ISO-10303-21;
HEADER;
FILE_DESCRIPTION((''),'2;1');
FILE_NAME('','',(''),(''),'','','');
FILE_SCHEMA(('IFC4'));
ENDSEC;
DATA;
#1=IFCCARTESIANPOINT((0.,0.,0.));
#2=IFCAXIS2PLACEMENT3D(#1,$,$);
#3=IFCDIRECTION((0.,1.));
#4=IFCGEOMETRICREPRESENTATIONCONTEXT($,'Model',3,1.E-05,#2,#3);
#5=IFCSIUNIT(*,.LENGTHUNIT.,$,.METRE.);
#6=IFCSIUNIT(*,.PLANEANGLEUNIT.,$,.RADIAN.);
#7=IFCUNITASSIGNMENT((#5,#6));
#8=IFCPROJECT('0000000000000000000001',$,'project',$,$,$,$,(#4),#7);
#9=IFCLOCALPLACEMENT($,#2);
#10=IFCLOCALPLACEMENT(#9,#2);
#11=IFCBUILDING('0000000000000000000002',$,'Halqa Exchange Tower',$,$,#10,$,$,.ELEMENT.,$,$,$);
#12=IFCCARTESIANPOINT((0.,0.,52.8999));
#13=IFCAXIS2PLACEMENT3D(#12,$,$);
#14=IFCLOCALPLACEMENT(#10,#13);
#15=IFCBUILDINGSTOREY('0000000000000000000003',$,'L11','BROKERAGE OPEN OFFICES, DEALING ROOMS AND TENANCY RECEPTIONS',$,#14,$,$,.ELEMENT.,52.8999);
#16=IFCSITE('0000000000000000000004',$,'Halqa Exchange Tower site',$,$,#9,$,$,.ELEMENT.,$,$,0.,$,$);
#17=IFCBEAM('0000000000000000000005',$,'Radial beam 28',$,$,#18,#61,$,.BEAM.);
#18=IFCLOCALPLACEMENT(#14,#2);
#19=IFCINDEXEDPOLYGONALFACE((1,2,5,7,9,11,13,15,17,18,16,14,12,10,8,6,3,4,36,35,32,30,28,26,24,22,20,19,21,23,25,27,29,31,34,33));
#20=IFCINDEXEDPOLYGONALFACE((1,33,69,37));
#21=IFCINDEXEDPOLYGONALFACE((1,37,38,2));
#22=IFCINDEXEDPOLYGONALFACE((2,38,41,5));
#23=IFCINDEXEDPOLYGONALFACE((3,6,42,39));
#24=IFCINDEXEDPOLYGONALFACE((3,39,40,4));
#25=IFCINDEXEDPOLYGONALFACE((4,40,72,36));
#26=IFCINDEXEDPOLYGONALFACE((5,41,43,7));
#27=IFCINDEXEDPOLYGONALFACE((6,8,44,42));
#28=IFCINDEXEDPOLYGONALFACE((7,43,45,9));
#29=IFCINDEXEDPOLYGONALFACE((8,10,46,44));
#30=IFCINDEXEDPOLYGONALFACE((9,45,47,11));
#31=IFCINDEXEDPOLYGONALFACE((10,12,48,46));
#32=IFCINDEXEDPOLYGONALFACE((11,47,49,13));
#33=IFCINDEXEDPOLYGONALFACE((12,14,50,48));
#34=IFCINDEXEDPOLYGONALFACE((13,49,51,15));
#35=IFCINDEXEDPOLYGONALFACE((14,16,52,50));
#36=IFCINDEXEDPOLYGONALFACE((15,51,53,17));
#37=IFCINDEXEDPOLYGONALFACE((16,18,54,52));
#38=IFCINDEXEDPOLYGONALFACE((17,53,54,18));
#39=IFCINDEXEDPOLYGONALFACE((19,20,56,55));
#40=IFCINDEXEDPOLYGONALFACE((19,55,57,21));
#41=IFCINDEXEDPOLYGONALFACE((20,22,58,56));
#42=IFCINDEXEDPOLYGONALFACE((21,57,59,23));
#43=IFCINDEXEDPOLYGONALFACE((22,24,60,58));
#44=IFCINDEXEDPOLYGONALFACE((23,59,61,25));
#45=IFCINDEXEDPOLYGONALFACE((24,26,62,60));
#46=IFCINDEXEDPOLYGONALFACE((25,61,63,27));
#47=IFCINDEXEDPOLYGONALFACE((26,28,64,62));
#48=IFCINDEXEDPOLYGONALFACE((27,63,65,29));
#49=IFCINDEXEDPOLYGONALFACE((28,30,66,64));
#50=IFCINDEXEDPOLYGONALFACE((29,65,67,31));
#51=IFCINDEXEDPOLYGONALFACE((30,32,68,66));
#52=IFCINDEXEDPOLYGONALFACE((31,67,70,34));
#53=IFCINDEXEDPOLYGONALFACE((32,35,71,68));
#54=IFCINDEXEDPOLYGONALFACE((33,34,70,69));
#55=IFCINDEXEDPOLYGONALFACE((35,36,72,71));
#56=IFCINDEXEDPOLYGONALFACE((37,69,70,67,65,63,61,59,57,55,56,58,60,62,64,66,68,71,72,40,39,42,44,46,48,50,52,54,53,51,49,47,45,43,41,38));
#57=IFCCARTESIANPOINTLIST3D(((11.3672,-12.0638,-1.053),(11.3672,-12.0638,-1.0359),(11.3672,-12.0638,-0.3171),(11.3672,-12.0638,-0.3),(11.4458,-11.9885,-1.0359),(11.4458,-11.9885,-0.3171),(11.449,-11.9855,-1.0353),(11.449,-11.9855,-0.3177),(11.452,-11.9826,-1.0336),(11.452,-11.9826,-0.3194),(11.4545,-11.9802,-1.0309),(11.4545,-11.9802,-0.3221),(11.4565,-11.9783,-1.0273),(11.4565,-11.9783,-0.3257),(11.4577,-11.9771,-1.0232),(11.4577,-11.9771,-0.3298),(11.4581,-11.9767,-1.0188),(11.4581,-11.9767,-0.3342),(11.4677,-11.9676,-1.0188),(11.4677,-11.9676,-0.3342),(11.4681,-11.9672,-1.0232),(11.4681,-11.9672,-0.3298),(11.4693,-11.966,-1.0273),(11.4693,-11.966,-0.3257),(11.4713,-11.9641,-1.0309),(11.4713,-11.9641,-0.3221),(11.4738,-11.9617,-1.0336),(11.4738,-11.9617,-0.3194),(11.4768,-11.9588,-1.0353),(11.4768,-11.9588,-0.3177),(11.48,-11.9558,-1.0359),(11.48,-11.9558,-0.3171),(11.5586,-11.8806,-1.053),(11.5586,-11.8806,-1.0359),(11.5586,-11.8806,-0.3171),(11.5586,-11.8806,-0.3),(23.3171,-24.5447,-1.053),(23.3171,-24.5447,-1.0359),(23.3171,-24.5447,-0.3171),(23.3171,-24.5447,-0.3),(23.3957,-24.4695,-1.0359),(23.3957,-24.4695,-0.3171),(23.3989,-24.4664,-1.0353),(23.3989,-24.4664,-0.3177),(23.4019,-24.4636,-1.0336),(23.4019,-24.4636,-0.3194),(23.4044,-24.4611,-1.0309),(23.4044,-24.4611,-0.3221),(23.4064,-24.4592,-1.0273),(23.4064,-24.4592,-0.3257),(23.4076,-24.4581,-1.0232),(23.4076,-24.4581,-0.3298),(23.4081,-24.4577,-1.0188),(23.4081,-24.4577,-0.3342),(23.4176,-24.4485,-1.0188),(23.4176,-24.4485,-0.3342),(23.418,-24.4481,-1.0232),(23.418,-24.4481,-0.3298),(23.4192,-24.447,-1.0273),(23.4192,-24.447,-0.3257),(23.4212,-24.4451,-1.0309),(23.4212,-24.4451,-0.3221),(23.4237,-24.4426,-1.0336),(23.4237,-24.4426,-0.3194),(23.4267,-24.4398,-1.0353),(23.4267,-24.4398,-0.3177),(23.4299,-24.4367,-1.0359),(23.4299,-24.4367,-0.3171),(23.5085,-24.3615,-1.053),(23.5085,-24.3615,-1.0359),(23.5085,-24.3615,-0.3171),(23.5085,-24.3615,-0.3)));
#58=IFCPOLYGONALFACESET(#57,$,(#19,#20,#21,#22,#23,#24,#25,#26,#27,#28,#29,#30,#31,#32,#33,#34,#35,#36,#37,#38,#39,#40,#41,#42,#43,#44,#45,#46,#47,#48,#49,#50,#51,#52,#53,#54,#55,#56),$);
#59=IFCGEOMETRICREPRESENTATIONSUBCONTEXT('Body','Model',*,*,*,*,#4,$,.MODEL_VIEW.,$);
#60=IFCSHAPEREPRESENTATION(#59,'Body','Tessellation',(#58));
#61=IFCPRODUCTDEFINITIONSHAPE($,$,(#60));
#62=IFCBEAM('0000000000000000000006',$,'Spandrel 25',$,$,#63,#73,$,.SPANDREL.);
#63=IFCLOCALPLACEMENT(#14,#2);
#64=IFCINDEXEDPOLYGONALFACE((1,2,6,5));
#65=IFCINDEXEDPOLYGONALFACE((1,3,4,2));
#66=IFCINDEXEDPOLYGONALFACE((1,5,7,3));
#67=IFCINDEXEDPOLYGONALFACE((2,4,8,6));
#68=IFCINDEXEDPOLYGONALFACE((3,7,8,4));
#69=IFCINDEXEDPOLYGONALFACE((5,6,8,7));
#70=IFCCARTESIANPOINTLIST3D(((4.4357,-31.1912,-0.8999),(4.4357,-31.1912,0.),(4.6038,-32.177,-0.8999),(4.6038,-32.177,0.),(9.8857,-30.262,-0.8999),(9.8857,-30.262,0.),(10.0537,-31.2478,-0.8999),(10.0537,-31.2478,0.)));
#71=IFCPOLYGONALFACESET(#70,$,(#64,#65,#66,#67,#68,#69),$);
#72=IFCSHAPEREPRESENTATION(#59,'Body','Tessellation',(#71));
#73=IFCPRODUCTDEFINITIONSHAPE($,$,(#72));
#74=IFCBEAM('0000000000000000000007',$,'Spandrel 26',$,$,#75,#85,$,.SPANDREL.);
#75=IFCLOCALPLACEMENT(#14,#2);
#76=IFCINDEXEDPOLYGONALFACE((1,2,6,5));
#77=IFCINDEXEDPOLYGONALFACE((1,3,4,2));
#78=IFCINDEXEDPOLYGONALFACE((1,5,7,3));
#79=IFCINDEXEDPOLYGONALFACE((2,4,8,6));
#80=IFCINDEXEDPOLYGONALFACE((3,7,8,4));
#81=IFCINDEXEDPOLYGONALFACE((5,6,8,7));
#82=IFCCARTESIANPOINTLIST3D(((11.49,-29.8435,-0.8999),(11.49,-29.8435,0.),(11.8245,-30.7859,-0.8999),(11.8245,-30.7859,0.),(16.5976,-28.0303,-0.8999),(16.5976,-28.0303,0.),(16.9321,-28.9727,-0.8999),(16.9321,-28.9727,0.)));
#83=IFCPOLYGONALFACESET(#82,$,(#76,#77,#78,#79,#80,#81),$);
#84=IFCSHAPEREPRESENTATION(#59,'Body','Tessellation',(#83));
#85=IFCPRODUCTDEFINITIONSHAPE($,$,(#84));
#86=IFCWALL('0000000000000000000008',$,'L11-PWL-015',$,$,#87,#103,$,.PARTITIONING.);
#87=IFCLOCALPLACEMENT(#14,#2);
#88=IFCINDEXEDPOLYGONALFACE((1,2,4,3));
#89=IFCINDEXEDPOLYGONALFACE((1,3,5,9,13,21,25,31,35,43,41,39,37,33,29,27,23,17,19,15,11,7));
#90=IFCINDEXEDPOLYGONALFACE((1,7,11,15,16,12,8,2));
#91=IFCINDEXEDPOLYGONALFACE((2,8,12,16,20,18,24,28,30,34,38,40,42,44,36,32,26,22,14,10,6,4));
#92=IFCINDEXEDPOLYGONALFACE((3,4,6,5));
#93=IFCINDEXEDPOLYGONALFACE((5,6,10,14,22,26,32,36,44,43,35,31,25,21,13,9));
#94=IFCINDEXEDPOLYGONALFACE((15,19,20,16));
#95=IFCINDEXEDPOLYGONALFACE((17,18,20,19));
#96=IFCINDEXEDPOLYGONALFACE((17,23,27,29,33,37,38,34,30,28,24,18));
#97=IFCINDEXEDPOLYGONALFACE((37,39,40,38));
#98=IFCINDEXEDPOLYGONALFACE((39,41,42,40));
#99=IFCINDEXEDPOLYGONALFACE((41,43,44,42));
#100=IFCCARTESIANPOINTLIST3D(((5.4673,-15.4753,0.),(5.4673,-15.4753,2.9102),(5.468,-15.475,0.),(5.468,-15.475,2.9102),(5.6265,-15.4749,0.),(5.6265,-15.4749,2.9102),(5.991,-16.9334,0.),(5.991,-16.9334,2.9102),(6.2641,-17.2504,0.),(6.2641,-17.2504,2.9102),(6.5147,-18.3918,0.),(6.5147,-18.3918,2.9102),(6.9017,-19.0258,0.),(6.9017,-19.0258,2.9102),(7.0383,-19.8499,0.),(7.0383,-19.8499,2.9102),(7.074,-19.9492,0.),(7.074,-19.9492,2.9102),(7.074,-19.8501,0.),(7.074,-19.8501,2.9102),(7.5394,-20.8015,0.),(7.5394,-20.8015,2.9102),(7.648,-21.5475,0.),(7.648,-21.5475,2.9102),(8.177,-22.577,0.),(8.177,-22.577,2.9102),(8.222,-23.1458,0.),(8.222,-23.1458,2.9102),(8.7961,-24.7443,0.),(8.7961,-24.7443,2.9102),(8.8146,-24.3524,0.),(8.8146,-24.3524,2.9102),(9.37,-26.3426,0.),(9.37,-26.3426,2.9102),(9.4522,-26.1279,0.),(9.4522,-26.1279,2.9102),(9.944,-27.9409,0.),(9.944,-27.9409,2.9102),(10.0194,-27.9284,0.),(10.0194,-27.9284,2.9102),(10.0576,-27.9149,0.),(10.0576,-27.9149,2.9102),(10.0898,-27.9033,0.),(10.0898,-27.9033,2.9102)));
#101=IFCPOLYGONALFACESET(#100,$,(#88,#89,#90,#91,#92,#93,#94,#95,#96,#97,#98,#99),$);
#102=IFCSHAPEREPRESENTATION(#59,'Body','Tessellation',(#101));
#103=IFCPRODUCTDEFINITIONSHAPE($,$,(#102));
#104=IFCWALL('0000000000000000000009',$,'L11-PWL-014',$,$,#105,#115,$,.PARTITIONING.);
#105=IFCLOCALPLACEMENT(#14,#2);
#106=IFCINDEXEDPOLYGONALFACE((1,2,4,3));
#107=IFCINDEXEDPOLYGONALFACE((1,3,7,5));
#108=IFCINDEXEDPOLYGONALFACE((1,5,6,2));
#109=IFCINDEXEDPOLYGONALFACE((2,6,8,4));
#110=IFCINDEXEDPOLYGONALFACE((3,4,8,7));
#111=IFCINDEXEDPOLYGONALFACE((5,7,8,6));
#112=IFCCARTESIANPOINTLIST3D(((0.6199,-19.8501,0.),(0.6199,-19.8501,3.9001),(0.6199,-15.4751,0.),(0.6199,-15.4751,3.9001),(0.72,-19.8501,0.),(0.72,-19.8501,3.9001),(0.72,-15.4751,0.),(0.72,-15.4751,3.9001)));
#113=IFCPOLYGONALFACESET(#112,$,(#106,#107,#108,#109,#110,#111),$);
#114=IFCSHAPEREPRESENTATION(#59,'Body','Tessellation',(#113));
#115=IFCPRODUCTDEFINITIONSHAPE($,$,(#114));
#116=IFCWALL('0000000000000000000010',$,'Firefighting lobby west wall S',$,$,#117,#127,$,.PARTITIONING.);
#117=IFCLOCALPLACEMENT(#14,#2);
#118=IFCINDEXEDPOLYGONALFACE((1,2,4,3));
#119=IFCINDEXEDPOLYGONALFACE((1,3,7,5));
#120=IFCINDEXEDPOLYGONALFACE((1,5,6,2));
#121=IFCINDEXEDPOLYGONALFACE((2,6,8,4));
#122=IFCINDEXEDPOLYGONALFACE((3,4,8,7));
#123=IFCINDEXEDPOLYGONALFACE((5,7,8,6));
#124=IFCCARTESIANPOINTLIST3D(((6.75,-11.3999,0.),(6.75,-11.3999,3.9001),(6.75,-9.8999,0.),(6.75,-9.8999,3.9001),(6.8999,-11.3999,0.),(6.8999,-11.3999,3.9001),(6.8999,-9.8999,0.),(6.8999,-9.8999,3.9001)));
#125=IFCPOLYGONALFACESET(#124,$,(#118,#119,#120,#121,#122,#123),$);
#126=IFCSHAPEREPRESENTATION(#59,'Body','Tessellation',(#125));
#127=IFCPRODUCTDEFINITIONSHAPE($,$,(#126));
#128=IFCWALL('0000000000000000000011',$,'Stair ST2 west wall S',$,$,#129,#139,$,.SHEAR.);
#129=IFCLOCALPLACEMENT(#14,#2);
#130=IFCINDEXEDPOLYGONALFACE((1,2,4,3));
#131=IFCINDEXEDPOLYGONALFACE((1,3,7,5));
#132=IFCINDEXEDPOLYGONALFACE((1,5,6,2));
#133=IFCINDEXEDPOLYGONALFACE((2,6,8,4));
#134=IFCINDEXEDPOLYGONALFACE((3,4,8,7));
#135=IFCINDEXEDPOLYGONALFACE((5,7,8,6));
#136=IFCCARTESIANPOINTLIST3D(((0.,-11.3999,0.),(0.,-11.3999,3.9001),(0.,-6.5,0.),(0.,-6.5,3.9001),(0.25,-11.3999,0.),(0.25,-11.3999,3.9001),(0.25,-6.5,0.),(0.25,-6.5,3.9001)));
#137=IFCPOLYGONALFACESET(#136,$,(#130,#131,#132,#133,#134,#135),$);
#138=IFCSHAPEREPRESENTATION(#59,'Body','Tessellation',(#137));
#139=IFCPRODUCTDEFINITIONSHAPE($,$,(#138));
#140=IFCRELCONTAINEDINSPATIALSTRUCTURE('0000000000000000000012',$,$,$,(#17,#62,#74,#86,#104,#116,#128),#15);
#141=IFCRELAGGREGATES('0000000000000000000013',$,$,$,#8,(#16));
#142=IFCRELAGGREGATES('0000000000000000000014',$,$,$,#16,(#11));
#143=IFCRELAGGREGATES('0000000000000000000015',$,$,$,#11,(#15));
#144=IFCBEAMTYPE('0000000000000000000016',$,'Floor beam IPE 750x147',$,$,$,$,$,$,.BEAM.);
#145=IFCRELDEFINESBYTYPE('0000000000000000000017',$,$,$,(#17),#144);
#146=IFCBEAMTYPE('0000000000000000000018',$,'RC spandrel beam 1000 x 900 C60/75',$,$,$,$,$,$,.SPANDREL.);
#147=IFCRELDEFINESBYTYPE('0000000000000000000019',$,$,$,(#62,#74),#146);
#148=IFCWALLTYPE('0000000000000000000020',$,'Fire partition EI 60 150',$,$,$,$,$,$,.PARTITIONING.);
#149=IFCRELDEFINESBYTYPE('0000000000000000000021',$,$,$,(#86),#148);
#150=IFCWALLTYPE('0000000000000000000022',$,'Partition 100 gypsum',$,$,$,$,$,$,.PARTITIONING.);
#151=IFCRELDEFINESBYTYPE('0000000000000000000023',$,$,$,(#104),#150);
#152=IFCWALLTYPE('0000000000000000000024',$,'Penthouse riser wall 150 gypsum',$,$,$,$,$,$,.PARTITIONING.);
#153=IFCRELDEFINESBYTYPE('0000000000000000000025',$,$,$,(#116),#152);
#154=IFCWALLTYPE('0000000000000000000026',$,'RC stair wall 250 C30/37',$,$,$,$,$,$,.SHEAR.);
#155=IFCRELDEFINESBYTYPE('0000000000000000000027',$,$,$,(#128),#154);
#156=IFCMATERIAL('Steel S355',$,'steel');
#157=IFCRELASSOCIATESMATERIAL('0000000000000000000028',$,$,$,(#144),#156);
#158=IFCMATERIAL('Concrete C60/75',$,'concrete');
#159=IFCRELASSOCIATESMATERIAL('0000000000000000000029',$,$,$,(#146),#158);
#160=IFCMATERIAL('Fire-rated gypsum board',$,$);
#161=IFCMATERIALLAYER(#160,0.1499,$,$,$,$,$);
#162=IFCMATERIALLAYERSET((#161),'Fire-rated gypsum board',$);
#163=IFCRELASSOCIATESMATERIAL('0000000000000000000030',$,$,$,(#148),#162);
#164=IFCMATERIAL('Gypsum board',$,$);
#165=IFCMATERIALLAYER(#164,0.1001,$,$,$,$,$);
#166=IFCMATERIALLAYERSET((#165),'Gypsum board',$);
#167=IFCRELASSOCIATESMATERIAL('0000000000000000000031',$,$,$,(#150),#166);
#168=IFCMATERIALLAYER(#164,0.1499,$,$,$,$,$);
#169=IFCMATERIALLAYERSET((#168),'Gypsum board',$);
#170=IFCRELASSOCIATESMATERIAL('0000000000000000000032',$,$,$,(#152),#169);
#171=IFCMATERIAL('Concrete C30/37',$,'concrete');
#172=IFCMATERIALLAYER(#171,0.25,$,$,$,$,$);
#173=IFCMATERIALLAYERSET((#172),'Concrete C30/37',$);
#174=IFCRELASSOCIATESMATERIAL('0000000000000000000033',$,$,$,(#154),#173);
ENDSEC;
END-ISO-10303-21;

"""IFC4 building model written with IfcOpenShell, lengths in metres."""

from ifc_helpers import new_model, si_unit, direction, frame, frame_2d, origin, origin_2d, place, context, subcontext, project, spatial, polyline, rectangle, i_section, outline, extrude, material, layer, layer_set, material_profile, profile_set, type_object, element, save


model = new_model("IFC4")

# Units and contexts
model_context = context("Model", 3, precision=1e-05, world=origin(), true_north=direction((0.0, 1.0)))
body_context = subcontext(model_context, "Body", "Model", "MODEL_VIEW")
ifc_project = project(units=[si_unit("LENGTHUNIT", "METRE"), si_unit("PLANEANGLEUNIT", "RADIAN")], contexts=[model_context])

# Site, building, storey
site_placement = place(None, origin())
site = spatial("IfcSite", under=ifc_project, at=site_placement, Name="Halqa Exchange Tower site", CompositionType="ELEMENT", RefElevation=0.0)
building_placement = place(site_placement, origin())
building = spatial("IfcBuilding", under=site, at=building_placement, Name="Halqa Exchange Tower", CompositionType="ELEMENT")
storey_placement = place(building_placement, frame((0.0, 0.0, 52.8999)))
storey = spatial("IfcBuildingStorey", under=building, at=storey_placement, Name="L11", Description="BROKERAGE OPEN OFFICES, DEALING ROOMS AND TENANCY RECEPTIONS", CompositionType="ELEMENT", Elevation=52.8999)

# Beams
ifc_material_1 = material(Name="Steel S355", Category="steel")
ifc_material_profile_1 = material_profile(ifc_material_1, i_section(OverallWidth=0.2649, OverallDepth=0.7529, WebThickness=0.0132, FlangeThickness=0.0171, FilletRadius=0.0171, at=origin_2d()), Name="IPE 750x147")
ifc_profile_set_1 = profile_set([ifc_material_profile_1], Name="Steel S355")
beam_type_1 = type_object("IfcBeamType", Name="Floor beam IPE 750x147", PredefinedType="BEAM", material=ifc_profile_set_1)
beam_1_placement = place(storey_placement, frame((11.4629, -11.9722, -0.6765), z_axis=(0.691574, -0.722305, 0.0), x_axis=(0.722305, 0.691574, 0.0)))
element("IfcBeam", 1, at=beam_1_placement, inside=storey, type_object=beam_type_1, Name="Radial beam 28", PredefinedType="BEAM", context=body_context, shape_type="SweptSolid", body=[
    extrude(i_section(OverallWidth=0.2649, OverallDepth=0.7529, WebThickness=0.0132, FlangeThickness=0.0171, FilletRadius=0.0171, at=origin_2d()), origin(), (0.0, 0.0, 1.0), 17.2793),
])
ifc_material_2 = material(Name="Concrete C60/75", Category="concrete")
ifc_material_profile_2 = material_profile(ifc_material_2, rectangle(XDim=1.0, YDim=0.8999, at=origin_2d()), Name="1000 x 900")
ifc_profile_set_2 = profile_set([ifc_material_profile_2], Name="Concrete C60/75")
beam_type_2 = type_object("IfcBeamType", Name="RC spandrel beam 1000 x 900 C60/75", PredefinedType="SPANDREL", material=ifc_profile_set_2)
beam_2_placement = place(storey_placement, frame((4.5198, -31.6841, -0.45), z_axis=(0.985775, 0.168071, 0.0), x_axis=(-0.168071, 0.985775, 0.0)))
element("IfcBeam", 2, at=beam_2_placement, inside=storey, type_object=beam_type_2, Name="Spandrel 25", PredefinedType="SPANDREL", context=body_context, shape_type="SweptSolid", body=[
    extrude(rectangle(XDim=1.0, YDim=0.8999, at=origin_2d()), origin(), (0.0, 0.0, 1.0), 5.5286),
])
beam_3_placement = place(storey_placement, frame((11.6572, -30.3147, -0.45), z_axis=(0.942379, 0.334547, 0.0), x_axis=(-0.334547, 0.942379, 0.0)))
element("IfcBeam", 3, at=beam_3_placement, inside=storey, type_object=beam_type_2, Name="Spandrel 26", PredefinedType="SPANDREL", context=body_context, shape_type="SweptSolid", body=[
    extrude(rectangle(XDim=1.0, YDim=0.8999, at=origin_2d()), origin(), (0.0, 0.0, 1.0), 5.4199),
])

# Walls
ifc_material_3 = material(Name="Fire-rated gypsum board")
ifc_layer_1 = layer(ifc_material_3, 0.1499)
ifc_layer_set_1 = layer_set([ifc_layer_1], Name="Fire-rated gypsum board")
wall_type_1 = type_object("IfcWallType", Name="Fire partition EI 60 150", PredefinedType="PARTITIONING", material=ifc_layer_set_1)
wall_1_placement = place(storey_placement, frame((5.5378, -15.45, 0.0), z_axis=(0.0, 0.0, 1.0), x_axis=(0.337991, -0.941149, 0.0)))
element("IfcWall", 4, at=wall_1_placement, inside=storey, type_object=wall_type_1, Name="L11-PWL-015", PredefinedType="PARTITIONING", context=body_context, shape_type="SweptSolid", body=[
    extrude(outline(polyline([(0.0, -0.075), (1.5493, -0.075), (3.0989, -0.075), (4.6482, -0.075), (4.6604, -0.0415), (4.7537, -0.075), (6.4519, -0.075), (8.1501, -0.075), (9.8486, -0.075), (11.5469, -0.075), (13.2451, -0.075), (13.2588, 0.0002), (13.259, 0.0408), (13.259, 0.075), (11.3726, 0.075), (9.4861, 0.075), (7.5996, 0.075), (5.7131, 0.075), (3.8264, 0.075), (1.9399, 0.075), (0.0535, 0.075), (0.0, -0.0742), (0.0, -0.075)])), origin(), (0.0, 0.0, 1.0), 2.9102),
])
ifc_material_4 = material(Name="Gypsum board")
ifc_layer_2 = layer(ifc_material_4, 0.1001)
ifc_layer_set_2 = layer_set([ifc_layer_2], Name="Gypsum board")
wall_type_2 = type_object("IfcWallType", Name="Partition 100 gypsum", PredefinedType="PARTITIONING", material=ifc_layer_set_2)
wall_2_placement = place(storey_placement, frame((0.6699, -15.4751, 0.0), z_axis=(0.0, 0.0, 1.0), x_axis=(0.0, -1.0, 0.0)))
element("IfcWall", 5, at=wall_2_placement, inside=storey, type_object=wall_type_2, Name="L11-PWL-014", PredefinedType="PARTITIONING", context=body_context, shape_type="SweptSolid", body=[
    extrude(rectangle(XDim=4.375, YDim=0.1001, at=frame_2d((2.1875, 0.0))), origin(), (0.0, 0.0, 1.0), 3.9001),
])
ifc_layer_3 = layer(ifc_material_4, 0.1499)
ifc_layer_set_3 = layer_set([ifc_layer_3], Name="Gypsum board")
wall_type_3 = type_object("IfcWallType", Name="Penthouse riser wall 150 gypsum", PredefinedType="PARTITIONING", material=ifc_layer_set_3)
wall_3_placement = place(storey_placement, frame((6.825, -11.3999, 0.0), z_axis=(0.0, 0.0, 1.0), x_axis=(0.0, 1.0, 0.0)))
element("IfcWall", 6, at=wall_3_placement, inside=storey, type_object=wall_type_3, Name="Firefighting lobby west wall S", PredefinedType="PARTITIONING", context=body_context, shape_type="SweptSolid", body=[
    extrude(rectangle(XDim=1.5, YDim=0.1499, at=frame_2d((0.75, 0.0))), origin(), (0.0, 0.0, 1.0), 3.9001),
])
ifc_material_5 = material(Name="Concrete C30/37", Category="concrete")
ifc_layer_4 = layer(ifc_material_5, 0.25)
ifc_layer_set_4 = layer_set([ifc_layer_4], Name="Concrete C30/37")
wall_type_4 = type_object("IfcWallType", Name="RC stair wall 250 C30/37", PredefinedType="SHEAR", material=ifc_layer_set_4)
wall_4_placement = place(storey_placement, frame((0.125, -11.3999, 0.0), z_axis=(0.0, 0.0, 1.0), x_axis=(0.0, 1.0, 0.0)))
element("IfcWall", 7, at=wall_4_placement, inside=storey, type_object=wall_type_4, Name="Stair ST2 west wall S", PredefinedType="SHEAR", context=body_context, shape_type="SweptSolid", body=[
    extrude(rectangle(XDim=4.8999, YDim=0.25, at=frame_2d((2.45, 0.0))), origin(), (0.0, 0.0, 1.0), 3.9001),
])

save(model, "model.ifc")
